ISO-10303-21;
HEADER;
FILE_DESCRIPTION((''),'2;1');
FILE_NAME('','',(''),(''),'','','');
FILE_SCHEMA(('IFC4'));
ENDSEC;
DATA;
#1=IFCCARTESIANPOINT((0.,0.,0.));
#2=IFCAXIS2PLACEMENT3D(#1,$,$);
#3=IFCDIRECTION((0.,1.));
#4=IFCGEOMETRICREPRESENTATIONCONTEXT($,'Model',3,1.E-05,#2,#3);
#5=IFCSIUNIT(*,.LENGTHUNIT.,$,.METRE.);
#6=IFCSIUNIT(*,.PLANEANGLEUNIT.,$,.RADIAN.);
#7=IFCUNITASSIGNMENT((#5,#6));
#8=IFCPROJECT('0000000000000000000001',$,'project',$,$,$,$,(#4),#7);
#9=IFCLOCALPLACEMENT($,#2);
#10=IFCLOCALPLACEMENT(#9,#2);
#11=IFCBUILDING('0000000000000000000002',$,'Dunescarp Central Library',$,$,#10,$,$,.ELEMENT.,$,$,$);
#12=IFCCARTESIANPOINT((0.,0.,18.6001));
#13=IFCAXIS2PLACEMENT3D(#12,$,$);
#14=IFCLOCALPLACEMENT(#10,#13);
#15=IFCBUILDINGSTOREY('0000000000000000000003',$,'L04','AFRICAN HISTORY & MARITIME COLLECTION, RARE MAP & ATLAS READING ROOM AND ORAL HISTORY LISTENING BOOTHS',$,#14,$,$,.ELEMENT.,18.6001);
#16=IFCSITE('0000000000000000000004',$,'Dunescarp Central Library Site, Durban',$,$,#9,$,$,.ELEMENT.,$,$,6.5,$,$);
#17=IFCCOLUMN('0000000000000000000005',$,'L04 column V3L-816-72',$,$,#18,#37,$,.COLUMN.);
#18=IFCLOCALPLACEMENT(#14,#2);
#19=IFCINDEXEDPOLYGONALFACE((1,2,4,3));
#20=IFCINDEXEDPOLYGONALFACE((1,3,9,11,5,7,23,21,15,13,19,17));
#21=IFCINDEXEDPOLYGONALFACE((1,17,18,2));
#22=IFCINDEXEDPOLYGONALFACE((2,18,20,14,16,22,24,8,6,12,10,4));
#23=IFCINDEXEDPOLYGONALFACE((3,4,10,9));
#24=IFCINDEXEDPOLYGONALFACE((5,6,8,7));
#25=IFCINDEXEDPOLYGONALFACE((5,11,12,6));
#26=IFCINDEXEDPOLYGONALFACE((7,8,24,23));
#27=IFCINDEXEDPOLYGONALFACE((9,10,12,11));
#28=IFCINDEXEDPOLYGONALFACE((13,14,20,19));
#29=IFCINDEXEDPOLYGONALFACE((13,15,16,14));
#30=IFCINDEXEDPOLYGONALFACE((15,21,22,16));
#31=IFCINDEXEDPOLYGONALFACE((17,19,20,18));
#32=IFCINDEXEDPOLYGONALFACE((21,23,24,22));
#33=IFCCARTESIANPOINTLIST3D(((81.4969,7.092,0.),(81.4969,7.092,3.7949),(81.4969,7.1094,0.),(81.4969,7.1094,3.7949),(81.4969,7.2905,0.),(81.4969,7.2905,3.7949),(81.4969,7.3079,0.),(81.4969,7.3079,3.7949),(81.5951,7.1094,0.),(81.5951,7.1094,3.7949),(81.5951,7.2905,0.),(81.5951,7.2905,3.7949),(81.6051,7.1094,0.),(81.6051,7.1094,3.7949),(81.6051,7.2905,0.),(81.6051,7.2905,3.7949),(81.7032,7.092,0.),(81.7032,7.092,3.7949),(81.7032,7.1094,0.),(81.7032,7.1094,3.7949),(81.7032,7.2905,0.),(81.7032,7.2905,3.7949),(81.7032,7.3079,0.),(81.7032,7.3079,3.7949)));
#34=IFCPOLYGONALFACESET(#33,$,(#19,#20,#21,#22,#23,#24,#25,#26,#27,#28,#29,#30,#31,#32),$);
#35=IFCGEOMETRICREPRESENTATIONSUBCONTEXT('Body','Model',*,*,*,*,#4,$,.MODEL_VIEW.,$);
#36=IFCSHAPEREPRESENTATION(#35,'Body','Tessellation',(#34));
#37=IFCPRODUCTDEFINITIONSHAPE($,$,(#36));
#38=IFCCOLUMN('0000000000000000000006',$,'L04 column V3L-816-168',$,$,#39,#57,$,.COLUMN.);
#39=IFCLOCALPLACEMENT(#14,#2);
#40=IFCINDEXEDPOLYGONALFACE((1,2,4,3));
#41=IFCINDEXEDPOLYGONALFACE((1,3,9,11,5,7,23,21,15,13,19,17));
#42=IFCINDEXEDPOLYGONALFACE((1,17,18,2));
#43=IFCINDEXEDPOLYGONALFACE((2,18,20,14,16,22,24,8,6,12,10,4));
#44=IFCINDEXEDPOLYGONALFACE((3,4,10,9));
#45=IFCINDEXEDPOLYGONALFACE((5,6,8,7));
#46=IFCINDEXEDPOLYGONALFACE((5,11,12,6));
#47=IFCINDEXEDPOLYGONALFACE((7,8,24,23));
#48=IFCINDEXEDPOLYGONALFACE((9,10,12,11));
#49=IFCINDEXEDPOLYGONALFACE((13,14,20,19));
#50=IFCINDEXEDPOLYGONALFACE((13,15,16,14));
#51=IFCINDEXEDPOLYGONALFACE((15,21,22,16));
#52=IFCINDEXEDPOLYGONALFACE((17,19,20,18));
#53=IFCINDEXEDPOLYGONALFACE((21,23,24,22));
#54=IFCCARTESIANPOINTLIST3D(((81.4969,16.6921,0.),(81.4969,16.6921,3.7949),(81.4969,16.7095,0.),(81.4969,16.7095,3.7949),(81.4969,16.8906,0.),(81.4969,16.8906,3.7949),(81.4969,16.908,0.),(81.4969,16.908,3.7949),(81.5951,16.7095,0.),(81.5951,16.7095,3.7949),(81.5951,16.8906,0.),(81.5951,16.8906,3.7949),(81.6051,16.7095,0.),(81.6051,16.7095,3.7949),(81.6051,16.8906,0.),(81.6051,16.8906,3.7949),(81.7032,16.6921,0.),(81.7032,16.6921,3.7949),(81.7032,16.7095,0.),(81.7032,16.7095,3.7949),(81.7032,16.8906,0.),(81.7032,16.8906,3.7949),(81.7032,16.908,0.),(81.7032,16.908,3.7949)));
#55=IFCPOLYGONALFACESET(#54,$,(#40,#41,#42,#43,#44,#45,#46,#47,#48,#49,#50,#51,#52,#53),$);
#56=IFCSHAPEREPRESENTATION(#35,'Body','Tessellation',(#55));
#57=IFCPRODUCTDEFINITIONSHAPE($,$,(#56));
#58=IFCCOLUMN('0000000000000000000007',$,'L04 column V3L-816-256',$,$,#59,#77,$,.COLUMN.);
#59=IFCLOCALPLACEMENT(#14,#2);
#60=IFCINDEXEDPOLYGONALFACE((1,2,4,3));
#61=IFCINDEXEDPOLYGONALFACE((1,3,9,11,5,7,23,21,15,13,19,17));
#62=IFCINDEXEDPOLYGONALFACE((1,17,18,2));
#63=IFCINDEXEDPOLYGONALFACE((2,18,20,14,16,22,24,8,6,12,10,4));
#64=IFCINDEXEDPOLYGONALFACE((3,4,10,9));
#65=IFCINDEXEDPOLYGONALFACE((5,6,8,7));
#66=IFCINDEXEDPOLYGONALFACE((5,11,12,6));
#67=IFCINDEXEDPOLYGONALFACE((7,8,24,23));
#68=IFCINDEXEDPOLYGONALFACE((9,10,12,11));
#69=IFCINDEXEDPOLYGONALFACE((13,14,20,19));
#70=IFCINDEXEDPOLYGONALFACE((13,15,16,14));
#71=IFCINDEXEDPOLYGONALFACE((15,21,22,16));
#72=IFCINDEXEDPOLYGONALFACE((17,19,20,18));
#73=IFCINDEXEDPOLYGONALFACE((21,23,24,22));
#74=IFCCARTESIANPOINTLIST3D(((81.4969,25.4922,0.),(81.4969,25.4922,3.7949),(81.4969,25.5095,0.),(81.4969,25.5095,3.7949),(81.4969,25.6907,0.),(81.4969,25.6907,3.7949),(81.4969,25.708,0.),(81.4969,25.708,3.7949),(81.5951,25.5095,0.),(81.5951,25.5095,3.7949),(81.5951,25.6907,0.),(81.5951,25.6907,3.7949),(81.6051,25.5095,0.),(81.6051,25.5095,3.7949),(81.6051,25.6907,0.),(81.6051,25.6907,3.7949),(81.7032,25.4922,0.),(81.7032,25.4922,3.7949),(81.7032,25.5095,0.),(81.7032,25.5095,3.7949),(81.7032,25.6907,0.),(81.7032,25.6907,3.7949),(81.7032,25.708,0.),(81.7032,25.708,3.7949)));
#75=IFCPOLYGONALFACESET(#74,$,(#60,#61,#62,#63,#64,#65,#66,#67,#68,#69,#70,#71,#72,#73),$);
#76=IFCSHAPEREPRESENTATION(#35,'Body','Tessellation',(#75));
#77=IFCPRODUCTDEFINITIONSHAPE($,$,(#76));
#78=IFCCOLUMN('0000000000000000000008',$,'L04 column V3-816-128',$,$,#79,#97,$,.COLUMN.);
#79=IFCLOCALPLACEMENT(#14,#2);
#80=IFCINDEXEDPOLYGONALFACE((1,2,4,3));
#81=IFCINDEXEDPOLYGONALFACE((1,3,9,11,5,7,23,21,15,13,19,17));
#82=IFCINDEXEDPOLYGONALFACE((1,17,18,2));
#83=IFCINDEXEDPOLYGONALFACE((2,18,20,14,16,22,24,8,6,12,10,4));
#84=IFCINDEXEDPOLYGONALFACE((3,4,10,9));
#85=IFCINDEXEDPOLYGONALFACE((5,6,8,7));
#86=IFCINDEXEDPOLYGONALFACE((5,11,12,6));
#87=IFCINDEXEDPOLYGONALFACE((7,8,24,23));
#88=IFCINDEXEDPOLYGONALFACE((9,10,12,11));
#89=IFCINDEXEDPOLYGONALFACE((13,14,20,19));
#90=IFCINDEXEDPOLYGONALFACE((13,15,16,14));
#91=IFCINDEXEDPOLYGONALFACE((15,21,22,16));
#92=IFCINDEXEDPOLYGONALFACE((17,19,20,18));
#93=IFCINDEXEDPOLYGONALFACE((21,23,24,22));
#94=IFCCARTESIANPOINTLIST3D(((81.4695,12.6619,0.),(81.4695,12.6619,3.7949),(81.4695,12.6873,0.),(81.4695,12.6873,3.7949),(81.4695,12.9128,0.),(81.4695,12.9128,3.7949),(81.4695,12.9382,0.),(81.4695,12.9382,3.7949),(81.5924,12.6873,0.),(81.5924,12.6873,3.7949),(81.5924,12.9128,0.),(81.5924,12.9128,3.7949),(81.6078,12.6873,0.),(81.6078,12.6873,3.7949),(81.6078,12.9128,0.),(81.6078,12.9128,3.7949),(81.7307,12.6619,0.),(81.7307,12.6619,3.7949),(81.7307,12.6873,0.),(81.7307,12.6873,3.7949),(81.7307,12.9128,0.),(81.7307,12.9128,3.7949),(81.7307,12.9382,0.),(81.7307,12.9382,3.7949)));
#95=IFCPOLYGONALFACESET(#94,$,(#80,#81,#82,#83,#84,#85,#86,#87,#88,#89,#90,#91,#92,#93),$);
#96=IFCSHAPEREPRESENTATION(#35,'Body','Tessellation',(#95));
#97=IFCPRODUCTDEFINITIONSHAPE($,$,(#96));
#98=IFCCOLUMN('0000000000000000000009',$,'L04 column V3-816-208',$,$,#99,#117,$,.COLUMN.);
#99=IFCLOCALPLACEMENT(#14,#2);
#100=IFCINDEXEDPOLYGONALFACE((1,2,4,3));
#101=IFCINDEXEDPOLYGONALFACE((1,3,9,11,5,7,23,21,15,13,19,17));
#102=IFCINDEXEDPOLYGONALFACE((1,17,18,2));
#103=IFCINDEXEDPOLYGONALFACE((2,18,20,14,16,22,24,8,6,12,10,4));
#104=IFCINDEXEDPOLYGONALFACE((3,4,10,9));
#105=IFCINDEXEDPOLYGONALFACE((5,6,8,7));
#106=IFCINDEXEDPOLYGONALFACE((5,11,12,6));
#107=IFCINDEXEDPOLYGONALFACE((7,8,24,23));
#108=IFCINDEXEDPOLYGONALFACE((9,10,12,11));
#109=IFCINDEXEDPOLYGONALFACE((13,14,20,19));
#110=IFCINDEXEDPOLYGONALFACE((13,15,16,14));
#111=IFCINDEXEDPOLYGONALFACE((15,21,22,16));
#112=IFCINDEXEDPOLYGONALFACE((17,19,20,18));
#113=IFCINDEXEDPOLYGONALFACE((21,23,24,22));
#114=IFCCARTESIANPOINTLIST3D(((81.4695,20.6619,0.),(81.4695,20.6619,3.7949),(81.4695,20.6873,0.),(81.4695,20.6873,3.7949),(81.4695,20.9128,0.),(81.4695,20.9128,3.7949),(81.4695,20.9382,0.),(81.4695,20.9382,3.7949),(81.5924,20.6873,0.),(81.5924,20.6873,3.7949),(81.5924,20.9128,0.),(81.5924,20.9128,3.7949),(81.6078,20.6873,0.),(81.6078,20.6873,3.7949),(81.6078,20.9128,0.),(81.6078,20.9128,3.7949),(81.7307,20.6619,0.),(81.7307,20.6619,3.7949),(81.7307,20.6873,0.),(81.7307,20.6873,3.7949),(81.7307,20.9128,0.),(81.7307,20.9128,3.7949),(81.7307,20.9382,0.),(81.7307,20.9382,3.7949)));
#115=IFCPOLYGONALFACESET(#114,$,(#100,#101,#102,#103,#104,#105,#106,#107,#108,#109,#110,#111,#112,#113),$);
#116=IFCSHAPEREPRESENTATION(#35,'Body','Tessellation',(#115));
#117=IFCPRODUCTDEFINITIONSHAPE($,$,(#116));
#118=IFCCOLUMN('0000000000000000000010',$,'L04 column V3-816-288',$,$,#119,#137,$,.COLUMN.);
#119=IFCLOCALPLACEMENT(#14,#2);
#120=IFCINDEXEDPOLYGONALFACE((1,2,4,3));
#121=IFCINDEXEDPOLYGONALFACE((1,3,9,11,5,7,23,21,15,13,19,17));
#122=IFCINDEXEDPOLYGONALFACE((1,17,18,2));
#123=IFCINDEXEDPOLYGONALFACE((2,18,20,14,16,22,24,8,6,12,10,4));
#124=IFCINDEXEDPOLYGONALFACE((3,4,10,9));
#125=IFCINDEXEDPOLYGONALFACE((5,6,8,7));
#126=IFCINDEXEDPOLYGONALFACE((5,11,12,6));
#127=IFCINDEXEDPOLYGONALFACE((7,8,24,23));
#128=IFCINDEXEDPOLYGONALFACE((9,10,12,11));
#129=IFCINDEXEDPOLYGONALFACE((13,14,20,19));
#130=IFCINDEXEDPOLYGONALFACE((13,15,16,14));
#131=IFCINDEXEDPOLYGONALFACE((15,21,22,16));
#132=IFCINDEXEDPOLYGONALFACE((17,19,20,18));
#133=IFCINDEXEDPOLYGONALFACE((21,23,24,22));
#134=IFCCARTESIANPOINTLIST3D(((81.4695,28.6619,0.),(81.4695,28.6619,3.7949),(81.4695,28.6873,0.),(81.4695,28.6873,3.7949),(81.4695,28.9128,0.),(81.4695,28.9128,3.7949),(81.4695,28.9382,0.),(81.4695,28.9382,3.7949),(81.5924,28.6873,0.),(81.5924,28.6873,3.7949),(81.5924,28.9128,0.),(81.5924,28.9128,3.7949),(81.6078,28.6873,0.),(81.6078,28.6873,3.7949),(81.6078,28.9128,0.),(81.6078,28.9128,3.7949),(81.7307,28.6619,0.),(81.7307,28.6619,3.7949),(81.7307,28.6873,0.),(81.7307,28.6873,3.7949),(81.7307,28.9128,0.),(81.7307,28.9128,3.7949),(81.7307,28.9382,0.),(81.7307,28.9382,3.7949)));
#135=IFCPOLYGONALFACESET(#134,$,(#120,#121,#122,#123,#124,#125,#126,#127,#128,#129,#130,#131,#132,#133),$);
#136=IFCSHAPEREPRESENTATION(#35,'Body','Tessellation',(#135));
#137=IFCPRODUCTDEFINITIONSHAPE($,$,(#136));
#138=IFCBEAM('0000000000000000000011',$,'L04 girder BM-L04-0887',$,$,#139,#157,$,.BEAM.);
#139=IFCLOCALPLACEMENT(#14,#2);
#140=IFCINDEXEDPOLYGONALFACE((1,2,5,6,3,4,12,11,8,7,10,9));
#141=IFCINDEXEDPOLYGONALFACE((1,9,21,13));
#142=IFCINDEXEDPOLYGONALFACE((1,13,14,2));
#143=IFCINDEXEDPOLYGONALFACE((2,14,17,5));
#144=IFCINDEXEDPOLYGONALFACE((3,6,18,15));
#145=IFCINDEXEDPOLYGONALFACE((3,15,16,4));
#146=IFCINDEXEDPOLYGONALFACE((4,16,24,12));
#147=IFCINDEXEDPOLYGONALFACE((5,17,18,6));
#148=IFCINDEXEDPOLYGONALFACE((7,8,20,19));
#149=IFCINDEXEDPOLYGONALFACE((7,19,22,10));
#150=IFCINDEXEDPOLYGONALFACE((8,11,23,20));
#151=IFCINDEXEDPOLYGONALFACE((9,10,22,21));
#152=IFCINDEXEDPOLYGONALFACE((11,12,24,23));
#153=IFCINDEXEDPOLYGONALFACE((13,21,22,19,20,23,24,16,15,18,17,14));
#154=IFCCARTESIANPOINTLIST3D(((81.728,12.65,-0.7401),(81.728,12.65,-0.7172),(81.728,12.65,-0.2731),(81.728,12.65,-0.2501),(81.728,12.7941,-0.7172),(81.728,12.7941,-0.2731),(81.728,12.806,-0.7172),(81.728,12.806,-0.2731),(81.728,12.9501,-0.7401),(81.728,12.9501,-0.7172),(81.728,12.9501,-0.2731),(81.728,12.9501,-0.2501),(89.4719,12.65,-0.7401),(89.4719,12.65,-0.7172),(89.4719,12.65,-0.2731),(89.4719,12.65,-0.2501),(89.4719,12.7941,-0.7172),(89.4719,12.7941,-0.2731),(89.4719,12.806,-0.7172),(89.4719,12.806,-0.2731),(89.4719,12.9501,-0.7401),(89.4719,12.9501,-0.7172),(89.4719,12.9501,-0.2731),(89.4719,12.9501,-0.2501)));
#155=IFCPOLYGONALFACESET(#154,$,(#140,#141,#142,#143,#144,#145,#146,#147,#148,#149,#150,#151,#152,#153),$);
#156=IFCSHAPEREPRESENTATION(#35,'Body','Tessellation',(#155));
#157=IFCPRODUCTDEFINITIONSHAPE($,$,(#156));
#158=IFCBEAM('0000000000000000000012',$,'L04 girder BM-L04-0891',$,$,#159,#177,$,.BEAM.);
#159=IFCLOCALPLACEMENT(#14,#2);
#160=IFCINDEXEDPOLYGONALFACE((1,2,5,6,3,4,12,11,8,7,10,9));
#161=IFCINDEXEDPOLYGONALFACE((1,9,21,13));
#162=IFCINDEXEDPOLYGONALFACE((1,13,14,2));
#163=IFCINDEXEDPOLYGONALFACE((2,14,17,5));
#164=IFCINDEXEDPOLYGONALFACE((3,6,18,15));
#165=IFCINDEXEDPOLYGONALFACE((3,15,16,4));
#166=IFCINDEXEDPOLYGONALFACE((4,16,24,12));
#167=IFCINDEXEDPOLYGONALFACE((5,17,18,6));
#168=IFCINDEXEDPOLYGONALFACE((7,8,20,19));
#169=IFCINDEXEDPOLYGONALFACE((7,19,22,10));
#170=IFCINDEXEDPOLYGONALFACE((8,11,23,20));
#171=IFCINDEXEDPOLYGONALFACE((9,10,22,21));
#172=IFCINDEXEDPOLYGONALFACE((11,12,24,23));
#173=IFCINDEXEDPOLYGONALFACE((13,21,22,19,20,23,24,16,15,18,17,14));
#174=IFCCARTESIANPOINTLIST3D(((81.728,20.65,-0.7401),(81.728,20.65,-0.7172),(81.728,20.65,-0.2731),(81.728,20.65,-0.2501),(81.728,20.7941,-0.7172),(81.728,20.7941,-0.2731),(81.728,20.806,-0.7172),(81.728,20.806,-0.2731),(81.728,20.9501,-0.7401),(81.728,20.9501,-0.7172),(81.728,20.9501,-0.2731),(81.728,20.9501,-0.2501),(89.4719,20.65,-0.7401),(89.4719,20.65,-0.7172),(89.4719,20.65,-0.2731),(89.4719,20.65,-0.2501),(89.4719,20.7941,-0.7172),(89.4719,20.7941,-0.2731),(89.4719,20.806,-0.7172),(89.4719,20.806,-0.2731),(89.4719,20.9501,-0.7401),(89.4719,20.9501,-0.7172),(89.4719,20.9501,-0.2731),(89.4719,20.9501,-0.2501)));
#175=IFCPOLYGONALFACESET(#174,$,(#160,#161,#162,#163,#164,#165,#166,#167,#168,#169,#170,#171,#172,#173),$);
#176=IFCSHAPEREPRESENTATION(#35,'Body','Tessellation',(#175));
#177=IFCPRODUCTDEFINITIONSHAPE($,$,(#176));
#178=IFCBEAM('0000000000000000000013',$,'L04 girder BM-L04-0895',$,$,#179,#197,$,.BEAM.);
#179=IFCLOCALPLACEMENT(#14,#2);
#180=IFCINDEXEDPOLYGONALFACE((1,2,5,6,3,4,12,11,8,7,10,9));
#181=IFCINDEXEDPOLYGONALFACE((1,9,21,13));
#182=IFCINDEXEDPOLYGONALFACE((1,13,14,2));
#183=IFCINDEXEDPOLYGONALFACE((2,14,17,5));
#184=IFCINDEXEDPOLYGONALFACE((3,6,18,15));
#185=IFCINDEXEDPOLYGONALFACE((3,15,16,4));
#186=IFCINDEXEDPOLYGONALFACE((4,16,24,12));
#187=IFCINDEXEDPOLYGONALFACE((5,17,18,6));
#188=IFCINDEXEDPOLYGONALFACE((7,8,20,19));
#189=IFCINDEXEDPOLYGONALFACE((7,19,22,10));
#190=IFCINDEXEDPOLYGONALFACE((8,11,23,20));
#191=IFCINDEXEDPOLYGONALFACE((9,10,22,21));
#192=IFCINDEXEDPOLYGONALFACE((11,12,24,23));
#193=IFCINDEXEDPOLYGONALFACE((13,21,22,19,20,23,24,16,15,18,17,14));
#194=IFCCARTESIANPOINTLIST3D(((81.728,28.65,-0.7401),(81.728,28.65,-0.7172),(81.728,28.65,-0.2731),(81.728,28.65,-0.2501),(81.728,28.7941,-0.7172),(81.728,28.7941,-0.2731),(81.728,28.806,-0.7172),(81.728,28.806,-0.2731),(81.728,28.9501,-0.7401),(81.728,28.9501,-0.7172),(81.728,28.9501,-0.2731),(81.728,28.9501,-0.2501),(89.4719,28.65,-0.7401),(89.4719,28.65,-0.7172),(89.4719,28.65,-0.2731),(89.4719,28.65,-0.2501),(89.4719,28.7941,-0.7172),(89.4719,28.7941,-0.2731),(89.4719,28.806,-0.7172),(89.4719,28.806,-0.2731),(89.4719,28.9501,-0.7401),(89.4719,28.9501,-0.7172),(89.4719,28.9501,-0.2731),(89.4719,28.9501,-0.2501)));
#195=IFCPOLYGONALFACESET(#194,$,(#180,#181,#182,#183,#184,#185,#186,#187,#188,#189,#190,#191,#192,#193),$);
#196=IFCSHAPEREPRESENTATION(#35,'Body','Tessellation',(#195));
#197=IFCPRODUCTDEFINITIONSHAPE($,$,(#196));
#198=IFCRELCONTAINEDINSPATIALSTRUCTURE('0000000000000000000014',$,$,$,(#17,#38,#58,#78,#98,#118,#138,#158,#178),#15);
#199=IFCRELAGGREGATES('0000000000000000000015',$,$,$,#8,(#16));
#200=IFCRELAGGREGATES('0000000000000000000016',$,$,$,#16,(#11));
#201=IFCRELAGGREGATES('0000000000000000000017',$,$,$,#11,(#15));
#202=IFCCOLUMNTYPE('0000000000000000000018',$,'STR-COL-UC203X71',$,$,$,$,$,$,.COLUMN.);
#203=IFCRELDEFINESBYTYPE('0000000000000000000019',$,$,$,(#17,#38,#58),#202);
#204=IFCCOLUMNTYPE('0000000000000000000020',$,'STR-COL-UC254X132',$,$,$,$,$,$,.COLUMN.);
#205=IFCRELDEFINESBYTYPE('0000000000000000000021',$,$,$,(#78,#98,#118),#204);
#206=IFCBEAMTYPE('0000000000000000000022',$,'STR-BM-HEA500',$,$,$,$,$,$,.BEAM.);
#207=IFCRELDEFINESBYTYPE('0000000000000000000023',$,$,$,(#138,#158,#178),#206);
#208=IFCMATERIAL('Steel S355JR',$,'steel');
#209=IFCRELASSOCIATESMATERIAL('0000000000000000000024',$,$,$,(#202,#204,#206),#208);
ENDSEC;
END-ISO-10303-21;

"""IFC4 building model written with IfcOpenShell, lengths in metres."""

from ifc_helpers import new_model, si_unit, direction, frame, origin, origin_2d, place, context, subcontext, project, spatial, i_section, extrude, material, material_profile, profile_set, type_object, element, save


model = new_model("IFC4")

# Units and contexts
model_context = context("Model", 3, precision=1e-05, world=origin(), true_north=direction((0.0, 1.0)))
body_context = subcontext(model_context, "Body", "Model", "MODEL_VIEW")
ifc_project = project(units=[si_unit("LENGTHUNIT", "METRE"), si_unit("PLANEANGLEUNIT", "RADIAN")], contexts=[model_context])

# Site, building, storey
site_placement = place(None, origin())
site = spatial("IfcSite", under=ifc_project, at=site_placement, Name="Dunescarp Central Library Site, Durban", CompositionType="ELEMENT", RefElevation=6.5)
building_placement = place(site_placement, origin())
building = spatial("IfcBuilding", under=site, at=building_placement, Name="Dunescarp Central Library", CompositionType="ELEMENT")
storey_placement = place(building_placement, frame((0.0, 0.0, 18.6001)))
storey = spatial("IfcBuildingStorey", under=building, at=storey_placement, Name="L04", Description="AFRICAN HISTORY & MARITIME COLLECTION, RARE MAP & ATLAS READING ROOM AND ORAL HISTORY LISTENING BOOTHS", CompositionType="ELEMENT", Elevation=18.6001)

# Columns
ifc_material_1 = material(Name="Steel S355JR", Category="steel")
ifc_material_profile_1 = material_profile(ifc_material_1, i_section(OverallWidth=0.2063, OverallDepth=0.2158, WebThickness=0.01, FlangeThickness=0.0173, at=origin_2d()), Name="UC 203x203x71")
ifc_profile_set_1 = profile_set([ifc_material_profile_1], Name="Steel S355JR")
column_type_1 = type_object("IfcColumnType", Name="STR-COL-UC203X71", PredefinedType="COLUMN", material=ifc_profile_set_1)
for number, where, z_axis, x_axis, name in (
    (1, (81.6001, 7.2, 0.0), (0.0, 0.0, 1.0), (1.0, 0.0, 0.0), "L04 column V3L-816-72"),
    (2, (81.6001, 16.8, 0.0), (0.0, 0.0, 1.0), (1.0, 0.0, 0.0), "L04 column V3L-816-168"),
    (3, (81.6001, 25.6001, 0.0), (0.0, 0.0, 1.0), (1.0, 0.0, 0.0), "L04 column V3L-816-256"),
):
    element("IfcColumn", number, at=place(storey_placement, frame(where, z_axis=z_axis, x_axis=x_axis)), inside=storey, type_object=column_type_1, Name=name, PredefinedType="COLUMN", context=body_context, shape_type="SweptSolid", body=[
        extrude(i_section(OverallWidth=0.2063, OverallDepth=0.2158, WebThickness=0.01, FlangeThickness=0.0173, at=origin_2d()), origin(), (0.0, 0.0, 1.0), 3.7949),
    ])
ifc_material_profile_2 = material_profile(ifc_material_1, i_section(OverallWidth=0.2612, OverallDepth=0.2764, WebThickness=0.0154, FlangeThickness=0.0254, at=origin_2d()), Name="UC 254x254x132")
ifc_profile_set_2 = profile_set([ifc_material_profile_2], Name="Steel S355JR")
column_type_2 = type_object("IfcColumnType", Name="STR-COL-UC254X132", PredefinedType="COLUMN", material=ifc_profile_set_2)
for number, where, z_axis, x_axis, name in (
    (4, (81.6001, 12.8, 0.0), (0.0, 0.0, 1.0), (1.0, 0.0, 0.0), "L04 column V3-816-128"),
    (5, (81.6001, 20.8, 0.0), (0.0, 0.0, 1.0), (1.0, 0.0, 0.0), "L04 column V3-816-208"),
    (6, (81.6001, 28.8, 0.0), (0.0, 0.0, 1.0), (1.0, 0.0, 0.0), "L04 column V3-816-288"),
):
    element("IfcColumn", number, at=place(storey_placement, frame(where, z_axis=z_axis, x_axis=x_axis)), inside=storey, type_object=column_type_2, Name=name, PredefinedType="COLUMN", context=body_context, shape_type="SweptSolid", body=[
        extrude(i_section(OverallWidth=0.2612, OverallDepth=0.2764, WebThickness=0.0154, FlangeThickness=0.0254, at=origin_2d()), origin(), (0.0, 0.0, 1.0), 3.7949),
    ])

# Beams
ifc_material_profile_3 = material_profile(ifc_material_1, i_section(OverallWidth=0.3, OverallDepth=0.49, WebThickness=0.012, FlangeThickness=0.0229, at=origin_2d()), Name="HEA 500")
ifc_profile_set_3 = profile_set([ifc_material_profile_3], Name="Steel S355JR")
beam_type_1 = type_object("IfcBeamType", Name="STR-BM-HEA500", PredefinedType="BEAM", material=ifc_profile_set_3)
for number, where, z_axis, x_axis, name in (
    (7, (81.728, 12.8, -0.4951), (1.0, 0.0, 0.0), (0.0, 1.0, 0.0), "L04 girder BM-L04-0887"),
    (8, (81.728, 20.8, -0.4951), (1.0, 0.0, 0.0), (0.0, 1.0, 0.0), "L04 girder BM-L04-0891"),
    (9, (81.728, 28.8, -0.4951), (1.0, 0.0, 0.0), (0.0, 1.0, 0.0), "L04 girder BM-L04-0895"),
):
    element("IfcBeam", number, at=place(storey_placement, frame(where, z_axis=z_axis, x_axis=x_axis)), inside=storey, type_object=beam_type_1, Name=name, PredefinedType="BEAM", context=body_context, shape_type="SweptSolid", body=[
        extrude(i_section(OverallWidth=0.3, OverallDepth=0.49, WebThickness=0.012, FlangeThickness=0.0229, at=origin_2d()), origin(), (0.0, 0.0, 1.0), 7.7439),
    ])

save(model, "model.ifc")
